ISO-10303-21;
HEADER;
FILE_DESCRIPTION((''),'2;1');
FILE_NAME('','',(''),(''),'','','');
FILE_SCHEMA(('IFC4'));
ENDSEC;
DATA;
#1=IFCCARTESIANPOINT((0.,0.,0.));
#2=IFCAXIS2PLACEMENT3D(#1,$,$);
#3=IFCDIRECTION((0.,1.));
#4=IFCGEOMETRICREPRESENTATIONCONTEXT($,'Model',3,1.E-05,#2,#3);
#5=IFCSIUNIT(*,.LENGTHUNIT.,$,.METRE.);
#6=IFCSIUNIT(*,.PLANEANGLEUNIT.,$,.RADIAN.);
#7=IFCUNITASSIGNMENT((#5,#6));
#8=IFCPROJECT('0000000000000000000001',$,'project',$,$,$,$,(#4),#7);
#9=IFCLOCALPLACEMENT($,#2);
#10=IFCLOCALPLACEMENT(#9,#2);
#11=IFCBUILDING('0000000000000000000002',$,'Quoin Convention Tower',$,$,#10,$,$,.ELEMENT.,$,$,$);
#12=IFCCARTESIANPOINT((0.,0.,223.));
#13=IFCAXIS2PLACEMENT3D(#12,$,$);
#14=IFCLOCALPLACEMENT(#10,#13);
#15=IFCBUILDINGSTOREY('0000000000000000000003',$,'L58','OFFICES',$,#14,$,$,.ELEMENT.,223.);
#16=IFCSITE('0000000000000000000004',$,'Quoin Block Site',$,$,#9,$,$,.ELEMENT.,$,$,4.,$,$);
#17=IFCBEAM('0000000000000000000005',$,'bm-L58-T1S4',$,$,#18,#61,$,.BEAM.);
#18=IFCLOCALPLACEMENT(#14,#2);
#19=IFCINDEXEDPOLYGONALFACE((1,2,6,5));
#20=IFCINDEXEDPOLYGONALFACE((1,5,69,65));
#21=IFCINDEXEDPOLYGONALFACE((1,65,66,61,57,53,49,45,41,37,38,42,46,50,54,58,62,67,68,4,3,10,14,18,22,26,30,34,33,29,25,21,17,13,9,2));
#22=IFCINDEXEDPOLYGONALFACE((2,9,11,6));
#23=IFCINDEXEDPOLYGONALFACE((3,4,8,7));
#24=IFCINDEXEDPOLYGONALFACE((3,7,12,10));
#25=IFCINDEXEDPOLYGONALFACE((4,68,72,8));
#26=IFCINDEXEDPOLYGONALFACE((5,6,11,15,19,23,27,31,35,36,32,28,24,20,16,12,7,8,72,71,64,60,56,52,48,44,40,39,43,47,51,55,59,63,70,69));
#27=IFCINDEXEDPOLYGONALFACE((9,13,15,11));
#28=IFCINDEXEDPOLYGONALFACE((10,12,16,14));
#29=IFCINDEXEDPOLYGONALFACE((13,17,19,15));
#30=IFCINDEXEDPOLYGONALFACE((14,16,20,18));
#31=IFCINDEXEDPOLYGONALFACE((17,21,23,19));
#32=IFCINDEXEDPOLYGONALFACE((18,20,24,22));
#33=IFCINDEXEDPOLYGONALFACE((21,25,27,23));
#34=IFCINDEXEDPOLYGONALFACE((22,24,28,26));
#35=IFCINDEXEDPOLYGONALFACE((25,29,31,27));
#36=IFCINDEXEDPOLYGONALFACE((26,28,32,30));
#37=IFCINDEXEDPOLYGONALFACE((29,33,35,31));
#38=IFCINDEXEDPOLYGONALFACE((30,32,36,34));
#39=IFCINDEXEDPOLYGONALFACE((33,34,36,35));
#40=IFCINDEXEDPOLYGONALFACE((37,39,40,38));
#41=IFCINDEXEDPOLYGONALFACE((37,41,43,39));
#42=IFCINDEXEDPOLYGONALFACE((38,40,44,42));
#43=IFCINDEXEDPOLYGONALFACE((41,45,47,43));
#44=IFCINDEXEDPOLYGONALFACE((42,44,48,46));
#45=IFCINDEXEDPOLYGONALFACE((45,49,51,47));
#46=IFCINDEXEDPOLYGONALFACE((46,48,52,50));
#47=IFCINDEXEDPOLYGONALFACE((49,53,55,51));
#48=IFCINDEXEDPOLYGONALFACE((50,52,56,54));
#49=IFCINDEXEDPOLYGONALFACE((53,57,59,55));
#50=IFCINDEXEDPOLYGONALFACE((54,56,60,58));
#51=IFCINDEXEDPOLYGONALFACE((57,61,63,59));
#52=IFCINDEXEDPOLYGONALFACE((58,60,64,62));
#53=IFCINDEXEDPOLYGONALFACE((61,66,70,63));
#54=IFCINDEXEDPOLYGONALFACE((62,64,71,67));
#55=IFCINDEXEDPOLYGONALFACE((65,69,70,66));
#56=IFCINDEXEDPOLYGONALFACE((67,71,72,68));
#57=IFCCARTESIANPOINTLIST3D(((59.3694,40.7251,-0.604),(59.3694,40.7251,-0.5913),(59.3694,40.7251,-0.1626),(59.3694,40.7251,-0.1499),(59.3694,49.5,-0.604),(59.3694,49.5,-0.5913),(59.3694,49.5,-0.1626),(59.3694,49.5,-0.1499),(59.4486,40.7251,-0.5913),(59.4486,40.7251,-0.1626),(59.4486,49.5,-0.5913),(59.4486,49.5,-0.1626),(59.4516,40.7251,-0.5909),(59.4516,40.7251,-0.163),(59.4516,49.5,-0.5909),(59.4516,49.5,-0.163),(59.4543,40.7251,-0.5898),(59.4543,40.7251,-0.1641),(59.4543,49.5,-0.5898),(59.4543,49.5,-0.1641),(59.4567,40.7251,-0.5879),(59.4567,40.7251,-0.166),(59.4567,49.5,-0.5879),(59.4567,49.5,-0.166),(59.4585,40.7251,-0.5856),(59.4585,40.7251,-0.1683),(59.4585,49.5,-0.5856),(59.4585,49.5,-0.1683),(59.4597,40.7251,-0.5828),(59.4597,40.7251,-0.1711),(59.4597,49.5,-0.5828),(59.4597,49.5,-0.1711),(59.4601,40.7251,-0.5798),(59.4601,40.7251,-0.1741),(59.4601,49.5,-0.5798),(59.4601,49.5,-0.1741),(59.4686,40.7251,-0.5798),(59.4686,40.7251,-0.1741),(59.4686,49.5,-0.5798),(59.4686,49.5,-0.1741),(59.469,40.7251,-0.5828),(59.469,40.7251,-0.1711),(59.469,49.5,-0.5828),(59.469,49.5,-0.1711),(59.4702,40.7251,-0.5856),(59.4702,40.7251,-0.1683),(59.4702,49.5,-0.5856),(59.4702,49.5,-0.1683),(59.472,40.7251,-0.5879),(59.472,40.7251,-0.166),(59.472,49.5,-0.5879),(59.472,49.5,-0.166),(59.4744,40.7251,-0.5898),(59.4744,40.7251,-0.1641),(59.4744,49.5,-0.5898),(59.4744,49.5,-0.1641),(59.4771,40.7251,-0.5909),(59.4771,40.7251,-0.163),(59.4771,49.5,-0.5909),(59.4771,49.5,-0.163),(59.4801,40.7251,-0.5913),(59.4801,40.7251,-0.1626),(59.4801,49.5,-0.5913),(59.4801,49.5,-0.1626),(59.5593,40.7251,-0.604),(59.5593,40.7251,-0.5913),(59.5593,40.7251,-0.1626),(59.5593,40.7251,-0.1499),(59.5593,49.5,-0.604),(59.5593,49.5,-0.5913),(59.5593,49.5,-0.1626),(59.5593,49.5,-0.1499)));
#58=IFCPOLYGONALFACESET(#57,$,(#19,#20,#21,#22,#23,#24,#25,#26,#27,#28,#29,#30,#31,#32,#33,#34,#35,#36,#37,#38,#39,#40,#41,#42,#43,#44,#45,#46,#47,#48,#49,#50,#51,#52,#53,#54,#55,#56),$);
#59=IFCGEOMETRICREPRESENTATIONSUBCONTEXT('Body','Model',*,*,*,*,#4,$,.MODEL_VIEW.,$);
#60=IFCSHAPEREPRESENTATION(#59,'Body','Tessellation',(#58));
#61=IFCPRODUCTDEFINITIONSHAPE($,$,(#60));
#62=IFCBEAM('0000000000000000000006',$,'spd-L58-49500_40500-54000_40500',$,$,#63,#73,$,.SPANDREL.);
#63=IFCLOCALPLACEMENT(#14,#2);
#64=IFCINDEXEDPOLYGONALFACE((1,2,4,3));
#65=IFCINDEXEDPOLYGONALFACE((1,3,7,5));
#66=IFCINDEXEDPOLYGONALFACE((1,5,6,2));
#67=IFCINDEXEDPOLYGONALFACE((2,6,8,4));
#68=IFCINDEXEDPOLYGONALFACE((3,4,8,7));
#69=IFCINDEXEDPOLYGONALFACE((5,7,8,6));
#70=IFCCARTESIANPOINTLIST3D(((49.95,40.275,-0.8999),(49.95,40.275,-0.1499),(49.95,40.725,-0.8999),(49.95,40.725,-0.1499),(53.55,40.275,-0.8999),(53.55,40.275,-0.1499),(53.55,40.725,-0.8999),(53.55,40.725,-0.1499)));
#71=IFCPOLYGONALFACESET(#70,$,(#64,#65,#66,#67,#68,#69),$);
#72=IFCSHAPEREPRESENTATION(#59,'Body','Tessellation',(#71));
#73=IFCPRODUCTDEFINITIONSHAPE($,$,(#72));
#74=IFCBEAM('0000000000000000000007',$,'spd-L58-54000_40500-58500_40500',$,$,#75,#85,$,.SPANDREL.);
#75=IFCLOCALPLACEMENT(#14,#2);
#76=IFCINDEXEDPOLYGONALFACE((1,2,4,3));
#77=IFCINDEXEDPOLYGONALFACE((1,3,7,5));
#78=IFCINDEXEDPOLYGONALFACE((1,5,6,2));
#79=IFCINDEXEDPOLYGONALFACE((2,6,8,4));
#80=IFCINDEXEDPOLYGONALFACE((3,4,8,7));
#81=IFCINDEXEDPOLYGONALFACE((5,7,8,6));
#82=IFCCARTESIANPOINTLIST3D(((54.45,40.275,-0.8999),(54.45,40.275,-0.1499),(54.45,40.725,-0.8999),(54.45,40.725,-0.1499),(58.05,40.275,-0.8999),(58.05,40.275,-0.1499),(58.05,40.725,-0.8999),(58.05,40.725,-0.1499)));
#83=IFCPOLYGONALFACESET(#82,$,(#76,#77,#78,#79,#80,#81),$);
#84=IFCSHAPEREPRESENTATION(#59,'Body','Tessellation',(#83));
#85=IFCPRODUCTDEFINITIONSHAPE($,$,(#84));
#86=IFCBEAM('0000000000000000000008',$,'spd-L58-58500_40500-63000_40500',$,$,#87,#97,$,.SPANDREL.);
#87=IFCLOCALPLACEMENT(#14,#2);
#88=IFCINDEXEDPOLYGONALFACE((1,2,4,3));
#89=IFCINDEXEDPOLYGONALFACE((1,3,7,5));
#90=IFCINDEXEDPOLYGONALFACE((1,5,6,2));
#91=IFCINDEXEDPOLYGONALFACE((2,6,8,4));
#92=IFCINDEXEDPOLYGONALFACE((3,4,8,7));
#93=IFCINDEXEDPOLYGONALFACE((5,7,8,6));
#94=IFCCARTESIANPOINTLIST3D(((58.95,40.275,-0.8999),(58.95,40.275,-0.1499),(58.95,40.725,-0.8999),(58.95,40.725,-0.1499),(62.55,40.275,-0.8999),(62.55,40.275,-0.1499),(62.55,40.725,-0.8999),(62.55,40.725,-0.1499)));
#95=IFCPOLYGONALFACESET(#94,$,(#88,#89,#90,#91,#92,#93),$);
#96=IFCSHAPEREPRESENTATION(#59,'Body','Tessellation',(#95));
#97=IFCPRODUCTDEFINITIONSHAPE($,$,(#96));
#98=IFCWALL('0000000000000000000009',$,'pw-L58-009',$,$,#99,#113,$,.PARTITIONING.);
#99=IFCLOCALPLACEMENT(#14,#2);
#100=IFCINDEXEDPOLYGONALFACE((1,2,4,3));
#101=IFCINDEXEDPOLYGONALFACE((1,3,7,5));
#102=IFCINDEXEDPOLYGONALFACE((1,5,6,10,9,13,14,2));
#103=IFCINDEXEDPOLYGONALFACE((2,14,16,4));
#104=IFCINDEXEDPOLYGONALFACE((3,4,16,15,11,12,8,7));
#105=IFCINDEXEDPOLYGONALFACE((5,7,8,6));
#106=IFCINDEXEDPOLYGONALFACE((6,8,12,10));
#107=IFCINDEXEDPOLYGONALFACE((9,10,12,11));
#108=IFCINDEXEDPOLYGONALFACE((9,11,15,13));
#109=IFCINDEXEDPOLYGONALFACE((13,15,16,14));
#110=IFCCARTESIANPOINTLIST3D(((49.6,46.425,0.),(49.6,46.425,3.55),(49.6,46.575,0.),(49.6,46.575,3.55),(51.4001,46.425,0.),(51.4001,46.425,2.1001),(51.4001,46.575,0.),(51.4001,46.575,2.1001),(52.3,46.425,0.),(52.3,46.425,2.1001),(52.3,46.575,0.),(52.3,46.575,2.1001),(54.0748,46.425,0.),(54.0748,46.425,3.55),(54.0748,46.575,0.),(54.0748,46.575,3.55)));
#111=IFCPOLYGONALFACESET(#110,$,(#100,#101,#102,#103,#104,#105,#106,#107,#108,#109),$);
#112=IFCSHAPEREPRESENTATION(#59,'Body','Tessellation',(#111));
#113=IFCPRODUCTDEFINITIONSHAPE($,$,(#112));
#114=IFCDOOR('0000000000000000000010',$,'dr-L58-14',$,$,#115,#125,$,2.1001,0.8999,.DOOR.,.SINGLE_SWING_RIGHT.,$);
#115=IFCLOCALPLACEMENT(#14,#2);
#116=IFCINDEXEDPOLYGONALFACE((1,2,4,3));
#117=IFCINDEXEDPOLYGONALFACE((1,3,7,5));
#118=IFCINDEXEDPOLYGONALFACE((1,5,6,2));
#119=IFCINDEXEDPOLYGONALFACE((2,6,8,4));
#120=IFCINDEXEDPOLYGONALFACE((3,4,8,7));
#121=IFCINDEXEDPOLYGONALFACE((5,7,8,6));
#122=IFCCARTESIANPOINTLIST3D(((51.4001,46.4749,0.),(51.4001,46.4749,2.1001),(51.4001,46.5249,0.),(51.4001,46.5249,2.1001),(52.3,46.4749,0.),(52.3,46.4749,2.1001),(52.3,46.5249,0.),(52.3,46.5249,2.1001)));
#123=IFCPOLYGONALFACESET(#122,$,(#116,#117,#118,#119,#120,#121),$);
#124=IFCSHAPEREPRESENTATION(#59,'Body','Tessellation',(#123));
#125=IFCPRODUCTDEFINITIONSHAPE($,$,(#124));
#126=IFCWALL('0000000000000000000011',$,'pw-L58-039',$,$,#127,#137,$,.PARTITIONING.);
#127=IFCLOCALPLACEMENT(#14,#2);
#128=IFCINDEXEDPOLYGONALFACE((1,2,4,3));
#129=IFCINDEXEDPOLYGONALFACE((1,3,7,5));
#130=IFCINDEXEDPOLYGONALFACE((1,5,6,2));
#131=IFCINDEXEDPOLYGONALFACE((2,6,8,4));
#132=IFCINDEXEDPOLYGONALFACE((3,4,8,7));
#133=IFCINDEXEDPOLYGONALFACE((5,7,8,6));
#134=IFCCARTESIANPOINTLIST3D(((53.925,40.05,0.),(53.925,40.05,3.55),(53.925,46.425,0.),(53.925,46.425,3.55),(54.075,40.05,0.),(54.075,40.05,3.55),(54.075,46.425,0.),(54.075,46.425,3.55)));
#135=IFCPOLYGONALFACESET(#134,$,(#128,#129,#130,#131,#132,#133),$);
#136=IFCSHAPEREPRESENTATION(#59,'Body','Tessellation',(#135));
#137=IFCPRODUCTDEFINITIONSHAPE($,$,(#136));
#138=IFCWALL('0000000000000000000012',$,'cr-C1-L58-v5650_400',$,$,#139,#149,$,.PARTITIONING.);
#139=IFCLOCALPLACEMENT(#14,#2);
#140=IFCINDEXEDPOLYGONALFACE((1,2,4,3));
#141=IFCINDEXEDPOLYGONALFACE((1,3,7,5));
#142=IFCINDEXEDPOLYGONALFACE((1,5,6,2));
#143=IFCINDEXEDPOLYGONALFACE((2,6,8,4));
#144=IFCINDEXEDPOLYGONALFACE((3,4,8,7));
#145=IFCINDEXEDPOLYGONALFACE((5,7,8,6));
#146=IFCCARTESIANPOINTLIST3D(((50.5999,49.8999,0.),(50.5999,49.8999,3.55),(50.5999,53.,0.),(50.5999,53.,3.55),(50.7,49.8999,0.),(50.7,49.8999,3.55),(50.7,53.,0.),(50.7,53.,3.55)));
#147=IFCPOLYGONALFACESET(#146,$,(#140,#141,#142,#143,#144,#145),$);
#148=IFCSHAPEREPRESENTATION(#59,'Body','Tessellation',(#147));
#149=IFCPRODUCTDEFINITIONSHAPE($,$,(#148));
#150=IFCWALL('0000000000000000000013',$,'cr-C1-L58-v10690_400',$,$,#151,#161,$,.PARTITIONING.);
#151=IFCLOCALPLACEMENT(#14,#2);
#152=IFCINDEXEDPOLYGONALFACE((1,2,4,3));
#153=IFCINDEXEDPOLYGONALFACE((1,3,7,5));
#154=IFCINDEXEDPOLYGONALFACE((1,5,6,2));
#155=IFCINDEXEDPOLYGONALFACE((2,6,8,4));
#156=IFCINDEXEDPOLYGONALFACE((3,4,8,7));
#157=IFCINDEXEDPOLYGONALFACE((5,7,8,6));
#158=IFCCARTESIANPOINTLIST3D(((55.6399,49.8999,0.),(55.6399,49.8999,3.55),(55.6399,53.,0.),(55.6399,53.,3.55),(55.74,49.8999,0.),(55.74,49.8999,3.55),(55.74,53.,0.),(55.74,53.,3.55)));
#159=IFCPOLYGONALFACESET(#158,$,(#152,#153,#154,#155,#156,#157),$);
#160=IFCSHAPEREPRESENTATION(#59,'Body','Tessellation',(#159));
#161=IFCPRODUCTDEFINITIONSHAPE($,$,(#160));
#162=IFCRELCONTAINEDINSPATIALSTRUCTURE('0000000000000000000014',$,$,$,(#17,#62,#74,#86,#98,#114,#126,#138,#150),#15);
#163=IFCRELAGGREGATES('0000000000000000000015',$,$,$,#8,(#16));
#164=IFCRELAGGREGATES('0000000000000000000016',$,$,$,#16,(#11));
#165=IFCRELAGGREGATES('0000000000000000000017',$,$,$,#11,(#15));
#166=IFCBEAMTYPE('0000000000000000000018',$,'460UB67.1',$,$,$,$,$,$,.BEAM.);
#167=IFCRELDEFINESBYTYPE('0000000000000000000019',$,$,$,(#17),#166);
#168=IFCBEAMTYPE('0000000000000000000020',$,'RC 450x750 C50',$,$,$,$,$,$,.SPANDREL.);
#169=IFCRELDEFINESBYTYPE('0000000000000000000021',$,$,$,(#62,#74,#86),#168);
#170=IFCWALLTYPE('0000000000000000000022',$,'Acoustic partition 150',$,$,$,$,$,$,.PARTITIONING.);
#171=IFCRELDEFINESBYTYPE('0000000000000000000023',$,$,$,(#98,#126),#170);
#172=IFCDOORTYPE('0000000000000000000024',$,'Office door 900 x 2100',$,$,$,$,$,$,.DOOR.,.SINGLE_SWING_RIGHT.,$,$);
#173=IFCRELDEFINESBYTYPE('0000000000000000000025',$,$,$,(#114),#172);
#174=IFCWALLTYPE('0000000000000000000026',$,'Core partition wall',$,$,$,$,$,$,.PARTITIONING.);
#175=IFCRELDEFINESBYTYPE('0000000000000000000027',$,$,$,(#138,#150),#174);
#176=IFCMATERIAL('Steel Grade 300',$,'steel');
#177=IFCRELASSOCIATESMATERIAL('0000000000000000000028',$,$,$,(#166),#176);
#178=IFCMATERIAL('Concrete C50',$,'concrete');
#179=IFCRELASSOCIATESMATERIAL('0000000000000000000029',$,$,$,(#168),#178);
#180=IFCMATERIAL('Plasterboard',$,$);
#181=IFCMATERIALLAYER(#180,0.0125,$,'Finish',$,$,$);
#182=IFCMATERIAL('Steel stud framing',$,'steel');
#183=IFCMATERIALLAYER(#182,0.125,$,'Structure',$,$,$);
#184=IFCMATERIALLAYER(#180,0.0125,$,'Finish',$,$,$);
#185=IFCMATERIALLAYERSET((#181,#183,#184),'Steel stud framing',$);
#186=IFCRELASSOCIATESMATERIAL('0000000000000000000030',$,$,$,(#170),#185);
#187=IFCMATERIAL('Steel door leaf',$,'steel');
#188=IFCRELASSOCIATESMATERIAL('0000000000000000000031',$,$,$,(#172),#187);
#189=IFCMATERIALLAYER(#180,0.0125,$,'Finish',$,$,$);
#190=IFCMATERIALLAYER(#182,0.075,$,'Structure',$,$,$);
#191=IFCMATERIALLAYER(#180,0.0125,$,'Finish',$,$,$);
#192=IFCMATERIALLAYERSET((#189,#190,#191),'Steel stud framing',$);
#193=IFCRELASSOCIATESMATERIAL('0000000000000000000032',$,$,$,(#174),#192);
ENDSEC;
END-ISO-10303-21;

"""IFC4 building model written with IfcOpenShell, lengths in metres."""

from ifc_helpers import new_model, si_unit, direction, frame, frame_2d, origin, origin_2d, place, context, subcontext, project, spatial, rectangle, i_section, extrude, material, layer, layer_set, material_profile, profile_set, type_object, element, fill, save


model = new_model("IFC4")

# Units and contexts
model_context = context("Model", 3, precision=1e-05, world=origin(), true_north=direction((0.0, 1.0)))
body_context = subcontext(model_context, "Body", "Model", "MODEL_VIEW")
ifc_project = project(units=[si_unit("LENGTHUNIT", "METRE"), si_unit("PLANEANGLEUNIT", "RADIAN")], contexts=[model_context])

# Site, building, storey
site_placement = place(None, origin())
site = spatial("IfcSite", under=ifc_project, at=site_placement, Name="Quoin Block Site", CompositionType="ELEMENT", RefElevation=4.0)
building_placement = place(site_placement, origin())
building = spatial("IfcBuilding", under=site, at=building_placement, Name="Quoin Convention Tower", CompositionType="ELEMENT")
storey_placement = place(building_placement, frame((0.0, 0.0, 223.0)))
storey = spatial("IfcBuildingStorey", under=building, at=storey_placement, Name="L58", Description="OFFICES", CompositionType="ELEMENT", Elevation=223.0)

# Shared definitions
ifc_material_1 = material(Name="Concrete C50", Category="concrete")

# Beams
ifc_material_2 = material(Name="Steel Grade 300", Category="steel")
ifc_material_profile_1 = material_profile(ifc_material_2, i_section(OverallWidth=0.1899, OverallDepth=0.4541, WebThickness=0.0085, FlangeThickness=0.0127, FilletRadius=0.0115, at=origin_2d()), Name="460UB67.1")
ifc_profile_set_1 = profile_set([ifc_material_profile_1], Name="Steel Grade 300")
beam_type_1 = type_object("IfcBeamType", Name="460UB67.1", PredefinedType="BEAM", material=ifc_profile_set_1)
for number, where, z_axis, x_axis, name in (
    (1, (59.4644, 40.7251, -0.377), (0.0, 1.0, 0.0), (-1.0, 0.0, 0.0), "bm-L58-T1S4"),
):
    element("IfcBeam", number, at=place(storey_placement, frame(where, z_axis=z_axis, x_axis=x_axis)), inside=storey, type_object=beam_type_1, Name=name, PredefinedType="BEAM", context=body_context, shape_type="SweptSolid", body=[
        extrude(i_section(OverallWidth=0.1899, OverallDepth=0.4541, WebThickness=0.0085, FlangeThickness=0.0127, FilletRadius=0.0115, at=origin_2d()), origin(), (0.0, 0.0, 1.0), 8.7749),
    ])
ifc_material_profile_2 = material_profile(ifc_material_1, rectangle(XDim=0.45, YDim=0.75, at=origin_2d()), Name="RC 450x750")
ifc_profile_set_2 = profile_set([ifc_material_profile_2], Name="Concrete C50")
beam_type_2 = type_object("IfcBeamType", Name="RC 450x750 C50", PredefinedType="SPANDREL", material=ifc_profile_set_2)
for number, where, z_axis, x_axis, name in (
    (2, (49.95, 40.5, -0.5249), (1.0, 0.0, 0.0), (0.0, 1.0, 0.0), "spd-L58-49500_40500-54000_40500"),
    (3, (54.45, 40.5, -0.5249), (1.0, 0.0, 0.0), (0.0, 1.0, 0.0), "spd-L58-54000_40500-58500_40500"),
    (4, (58.95, 40.5, -0.5249), (1.0, 0.0, 0.0), (0.0, 1.0, 0.0), "spd-L58-58500_40500-63000_40500"),
):
    element("IfcBeam", number, at=place(storey_placement, frame(where, z_axis=z_axis, x_axis=x_axis)), inside=storey, type_object=beam_type_2, Name=name, PredefinedType="SPANDREL", context=body_context, shape_type="SweptSolid", body=[
        extrude(rectangle(XDim=0.45, YDim=0.75, at=origin_2d()), origin(), (0.0, 0.0, 1.0), 3.6001),
    ])

# Wall, opening, door
ifc_material_3 = material(Name="Plasterboard")
ifc_layer_1 = layer(ifc_material_3, 0.0125, Name="Finish")
ifc_material_4 = material(Name="Steel stud framing", Category="steel")
ifc_layer_2 = layer(ifc_material_4, 0.125, Name="Structure")
ifc_layer_3 = layer(ifc_material_3, 0.0125, Name="Finish")
ifc_layer_set_1 = layer_set([ifc_layer_1, ifc_layer_2, ifc_layer_3], Name="Steel stud framing")
wall_type_1 = type_object("IfcWallType", Name="Acoustic partition 150", PredefinedType="PARTITIONING", material=ifc_layer_set_1)
wall_1_placement = place(storey_placement, frame((49.6001, 46.5, 0.0), z_axis=(0.0, 0.0, 1.0), x_axis=(1.0, 0.0, 0.0)))
wall_1 = element("IfcWall", 5, at=wall_1_placement, inside=storey, type_object=wall_type_1, Name="pw-L58-009", PredefinedType="PARTITIONING", context=body_context, shape_type="SweptSolid", body=[
    extrude(rectangle(XDim=4.4749, YDim=0.1499, at=frame_2d((2.2373, 0.0))), origin(), (0.0, 0.0, 1.0), 3.55),
])
opening_1_placement = place(wall_1_placement, frame((1.8, 0.0, 0.0)))
opening_1 = element("IfcOpeningElement", 6, at=opening_1_placement, cuts=wall_1, PredefinedType="OPENING", context=body_context, shape_type="SweptSolid", body=[
    extrude(rectangle(XDim=0.8999, YDim=2.1001, at=frame_2d((0.45, 1.05))), frame((0.0, 0.085, 0.0), z_axis=(0.0, -1.0, 0.0), x_axis=(1.0, 0.0, 0.0)), (0.0, 0.0, 1.0), 0.1699),
])
ifc_material_5 = material(Name="Steel door leaf", Category="steel")
door_type_1 = type_object("IfcDoorType", Name="Office door 900 x 2100", OperationType="SINGLE_SWING_RIGHT", PredefinedType="DOOR", material=ifc_material_5)
door_1_placement = place(opening_1_placement, origin())
door_1 = element("IfcDoor", 7, at=door_1_placement, inside=storey, type_object=door_type_1, Name="dr-L58-14", OperationType="SINGLE_SWING_RIGHT", OverallHeight=2.1001, OverallWidth=0.8999, PredefinedType="DOOR", context=body_context, shape_type="SweptSolid", body=[
    extrude(rectangle(XDim=0.8999, YDim=2.1001, at=frame_2d((0.45, 1.05))), frame((0.0, 0.0249, 0.0), z_axis=(0.0, -1.0, 0.0), x_axis=(1.0, 0.0, 0.0)), (0.0, 0.0, 1.0), 0.05),
])
fill(opening_1, door_1)

# Walls
wall_2_placement = place(storey_placement, frame((54.0, 40.05, 0.0), z_axis=(0.0, 0.0, 1.0), x_axis=(0.0, 1.0, 0.0)))
element("IfcWall", 8, at=wall_2_placement, inside=storey, type_object=wall_type_1, Name="pw-L58-039", PredefinedType="PARTITIONING", context=body_context, shape_type="SweptSolid", body=[
    extrude(rectangle(XDim=6.375, YDim=0.1499, at=frame_2d((3.1875, 0.0))), origin(), (0.0, 0.0, 1.0), 3.55),
])
ifc_layer_4 = layer(ifc_material_3, 0.0125, Name="Finish")
ifc_layer_5 = layer(ifc_material_4, 0.075, Name="Structure")
ifc_layer_6 = layer(ifc_material_3, 0.0125, Name="Finish")
ifc_layer_set_2 = layer_set([ifc_layer_4, ifc_layer_5, ifc_layer_6], Name="Steel stud framing")
wall_type_2 = type_object("IfcWallType", Name="Core partition wall", PredefinedType="PARTITIONING", material=ifc_layer_set_2)
for number, where, z_axis, x_axis, name in (
    (9, (50.6499, 49.8999, 0.0), (0.0, 0.0, 1.0), (0.0, 1.0, 0.0), "cr-C1-L58-v5650_400"),
    (10, (55.6899, 49.8999, 0.0), (0.0, 0.0, 1.0), (0.0, 1.0, 0.0), "cr-C1-L58-v10690_400"),
):
    element("IfcWall", number, at=place(storey_placement, frame(where, z_axis=z_axis, x_axis=x_axis)), inside=storey, type_object=wall_type_2, Name=name, PredefinedType="PARTITIONING", context=body_context, shape_type="SweptSolid", body=[
        extrude(rectangle(XDim=3.1001, YDim=0.1001, at=frame_2d((1.55, 0.0))), origin(), (0.0, 0.0, 1.0), 3.55),
    ])

save(model, "model.ifc")
